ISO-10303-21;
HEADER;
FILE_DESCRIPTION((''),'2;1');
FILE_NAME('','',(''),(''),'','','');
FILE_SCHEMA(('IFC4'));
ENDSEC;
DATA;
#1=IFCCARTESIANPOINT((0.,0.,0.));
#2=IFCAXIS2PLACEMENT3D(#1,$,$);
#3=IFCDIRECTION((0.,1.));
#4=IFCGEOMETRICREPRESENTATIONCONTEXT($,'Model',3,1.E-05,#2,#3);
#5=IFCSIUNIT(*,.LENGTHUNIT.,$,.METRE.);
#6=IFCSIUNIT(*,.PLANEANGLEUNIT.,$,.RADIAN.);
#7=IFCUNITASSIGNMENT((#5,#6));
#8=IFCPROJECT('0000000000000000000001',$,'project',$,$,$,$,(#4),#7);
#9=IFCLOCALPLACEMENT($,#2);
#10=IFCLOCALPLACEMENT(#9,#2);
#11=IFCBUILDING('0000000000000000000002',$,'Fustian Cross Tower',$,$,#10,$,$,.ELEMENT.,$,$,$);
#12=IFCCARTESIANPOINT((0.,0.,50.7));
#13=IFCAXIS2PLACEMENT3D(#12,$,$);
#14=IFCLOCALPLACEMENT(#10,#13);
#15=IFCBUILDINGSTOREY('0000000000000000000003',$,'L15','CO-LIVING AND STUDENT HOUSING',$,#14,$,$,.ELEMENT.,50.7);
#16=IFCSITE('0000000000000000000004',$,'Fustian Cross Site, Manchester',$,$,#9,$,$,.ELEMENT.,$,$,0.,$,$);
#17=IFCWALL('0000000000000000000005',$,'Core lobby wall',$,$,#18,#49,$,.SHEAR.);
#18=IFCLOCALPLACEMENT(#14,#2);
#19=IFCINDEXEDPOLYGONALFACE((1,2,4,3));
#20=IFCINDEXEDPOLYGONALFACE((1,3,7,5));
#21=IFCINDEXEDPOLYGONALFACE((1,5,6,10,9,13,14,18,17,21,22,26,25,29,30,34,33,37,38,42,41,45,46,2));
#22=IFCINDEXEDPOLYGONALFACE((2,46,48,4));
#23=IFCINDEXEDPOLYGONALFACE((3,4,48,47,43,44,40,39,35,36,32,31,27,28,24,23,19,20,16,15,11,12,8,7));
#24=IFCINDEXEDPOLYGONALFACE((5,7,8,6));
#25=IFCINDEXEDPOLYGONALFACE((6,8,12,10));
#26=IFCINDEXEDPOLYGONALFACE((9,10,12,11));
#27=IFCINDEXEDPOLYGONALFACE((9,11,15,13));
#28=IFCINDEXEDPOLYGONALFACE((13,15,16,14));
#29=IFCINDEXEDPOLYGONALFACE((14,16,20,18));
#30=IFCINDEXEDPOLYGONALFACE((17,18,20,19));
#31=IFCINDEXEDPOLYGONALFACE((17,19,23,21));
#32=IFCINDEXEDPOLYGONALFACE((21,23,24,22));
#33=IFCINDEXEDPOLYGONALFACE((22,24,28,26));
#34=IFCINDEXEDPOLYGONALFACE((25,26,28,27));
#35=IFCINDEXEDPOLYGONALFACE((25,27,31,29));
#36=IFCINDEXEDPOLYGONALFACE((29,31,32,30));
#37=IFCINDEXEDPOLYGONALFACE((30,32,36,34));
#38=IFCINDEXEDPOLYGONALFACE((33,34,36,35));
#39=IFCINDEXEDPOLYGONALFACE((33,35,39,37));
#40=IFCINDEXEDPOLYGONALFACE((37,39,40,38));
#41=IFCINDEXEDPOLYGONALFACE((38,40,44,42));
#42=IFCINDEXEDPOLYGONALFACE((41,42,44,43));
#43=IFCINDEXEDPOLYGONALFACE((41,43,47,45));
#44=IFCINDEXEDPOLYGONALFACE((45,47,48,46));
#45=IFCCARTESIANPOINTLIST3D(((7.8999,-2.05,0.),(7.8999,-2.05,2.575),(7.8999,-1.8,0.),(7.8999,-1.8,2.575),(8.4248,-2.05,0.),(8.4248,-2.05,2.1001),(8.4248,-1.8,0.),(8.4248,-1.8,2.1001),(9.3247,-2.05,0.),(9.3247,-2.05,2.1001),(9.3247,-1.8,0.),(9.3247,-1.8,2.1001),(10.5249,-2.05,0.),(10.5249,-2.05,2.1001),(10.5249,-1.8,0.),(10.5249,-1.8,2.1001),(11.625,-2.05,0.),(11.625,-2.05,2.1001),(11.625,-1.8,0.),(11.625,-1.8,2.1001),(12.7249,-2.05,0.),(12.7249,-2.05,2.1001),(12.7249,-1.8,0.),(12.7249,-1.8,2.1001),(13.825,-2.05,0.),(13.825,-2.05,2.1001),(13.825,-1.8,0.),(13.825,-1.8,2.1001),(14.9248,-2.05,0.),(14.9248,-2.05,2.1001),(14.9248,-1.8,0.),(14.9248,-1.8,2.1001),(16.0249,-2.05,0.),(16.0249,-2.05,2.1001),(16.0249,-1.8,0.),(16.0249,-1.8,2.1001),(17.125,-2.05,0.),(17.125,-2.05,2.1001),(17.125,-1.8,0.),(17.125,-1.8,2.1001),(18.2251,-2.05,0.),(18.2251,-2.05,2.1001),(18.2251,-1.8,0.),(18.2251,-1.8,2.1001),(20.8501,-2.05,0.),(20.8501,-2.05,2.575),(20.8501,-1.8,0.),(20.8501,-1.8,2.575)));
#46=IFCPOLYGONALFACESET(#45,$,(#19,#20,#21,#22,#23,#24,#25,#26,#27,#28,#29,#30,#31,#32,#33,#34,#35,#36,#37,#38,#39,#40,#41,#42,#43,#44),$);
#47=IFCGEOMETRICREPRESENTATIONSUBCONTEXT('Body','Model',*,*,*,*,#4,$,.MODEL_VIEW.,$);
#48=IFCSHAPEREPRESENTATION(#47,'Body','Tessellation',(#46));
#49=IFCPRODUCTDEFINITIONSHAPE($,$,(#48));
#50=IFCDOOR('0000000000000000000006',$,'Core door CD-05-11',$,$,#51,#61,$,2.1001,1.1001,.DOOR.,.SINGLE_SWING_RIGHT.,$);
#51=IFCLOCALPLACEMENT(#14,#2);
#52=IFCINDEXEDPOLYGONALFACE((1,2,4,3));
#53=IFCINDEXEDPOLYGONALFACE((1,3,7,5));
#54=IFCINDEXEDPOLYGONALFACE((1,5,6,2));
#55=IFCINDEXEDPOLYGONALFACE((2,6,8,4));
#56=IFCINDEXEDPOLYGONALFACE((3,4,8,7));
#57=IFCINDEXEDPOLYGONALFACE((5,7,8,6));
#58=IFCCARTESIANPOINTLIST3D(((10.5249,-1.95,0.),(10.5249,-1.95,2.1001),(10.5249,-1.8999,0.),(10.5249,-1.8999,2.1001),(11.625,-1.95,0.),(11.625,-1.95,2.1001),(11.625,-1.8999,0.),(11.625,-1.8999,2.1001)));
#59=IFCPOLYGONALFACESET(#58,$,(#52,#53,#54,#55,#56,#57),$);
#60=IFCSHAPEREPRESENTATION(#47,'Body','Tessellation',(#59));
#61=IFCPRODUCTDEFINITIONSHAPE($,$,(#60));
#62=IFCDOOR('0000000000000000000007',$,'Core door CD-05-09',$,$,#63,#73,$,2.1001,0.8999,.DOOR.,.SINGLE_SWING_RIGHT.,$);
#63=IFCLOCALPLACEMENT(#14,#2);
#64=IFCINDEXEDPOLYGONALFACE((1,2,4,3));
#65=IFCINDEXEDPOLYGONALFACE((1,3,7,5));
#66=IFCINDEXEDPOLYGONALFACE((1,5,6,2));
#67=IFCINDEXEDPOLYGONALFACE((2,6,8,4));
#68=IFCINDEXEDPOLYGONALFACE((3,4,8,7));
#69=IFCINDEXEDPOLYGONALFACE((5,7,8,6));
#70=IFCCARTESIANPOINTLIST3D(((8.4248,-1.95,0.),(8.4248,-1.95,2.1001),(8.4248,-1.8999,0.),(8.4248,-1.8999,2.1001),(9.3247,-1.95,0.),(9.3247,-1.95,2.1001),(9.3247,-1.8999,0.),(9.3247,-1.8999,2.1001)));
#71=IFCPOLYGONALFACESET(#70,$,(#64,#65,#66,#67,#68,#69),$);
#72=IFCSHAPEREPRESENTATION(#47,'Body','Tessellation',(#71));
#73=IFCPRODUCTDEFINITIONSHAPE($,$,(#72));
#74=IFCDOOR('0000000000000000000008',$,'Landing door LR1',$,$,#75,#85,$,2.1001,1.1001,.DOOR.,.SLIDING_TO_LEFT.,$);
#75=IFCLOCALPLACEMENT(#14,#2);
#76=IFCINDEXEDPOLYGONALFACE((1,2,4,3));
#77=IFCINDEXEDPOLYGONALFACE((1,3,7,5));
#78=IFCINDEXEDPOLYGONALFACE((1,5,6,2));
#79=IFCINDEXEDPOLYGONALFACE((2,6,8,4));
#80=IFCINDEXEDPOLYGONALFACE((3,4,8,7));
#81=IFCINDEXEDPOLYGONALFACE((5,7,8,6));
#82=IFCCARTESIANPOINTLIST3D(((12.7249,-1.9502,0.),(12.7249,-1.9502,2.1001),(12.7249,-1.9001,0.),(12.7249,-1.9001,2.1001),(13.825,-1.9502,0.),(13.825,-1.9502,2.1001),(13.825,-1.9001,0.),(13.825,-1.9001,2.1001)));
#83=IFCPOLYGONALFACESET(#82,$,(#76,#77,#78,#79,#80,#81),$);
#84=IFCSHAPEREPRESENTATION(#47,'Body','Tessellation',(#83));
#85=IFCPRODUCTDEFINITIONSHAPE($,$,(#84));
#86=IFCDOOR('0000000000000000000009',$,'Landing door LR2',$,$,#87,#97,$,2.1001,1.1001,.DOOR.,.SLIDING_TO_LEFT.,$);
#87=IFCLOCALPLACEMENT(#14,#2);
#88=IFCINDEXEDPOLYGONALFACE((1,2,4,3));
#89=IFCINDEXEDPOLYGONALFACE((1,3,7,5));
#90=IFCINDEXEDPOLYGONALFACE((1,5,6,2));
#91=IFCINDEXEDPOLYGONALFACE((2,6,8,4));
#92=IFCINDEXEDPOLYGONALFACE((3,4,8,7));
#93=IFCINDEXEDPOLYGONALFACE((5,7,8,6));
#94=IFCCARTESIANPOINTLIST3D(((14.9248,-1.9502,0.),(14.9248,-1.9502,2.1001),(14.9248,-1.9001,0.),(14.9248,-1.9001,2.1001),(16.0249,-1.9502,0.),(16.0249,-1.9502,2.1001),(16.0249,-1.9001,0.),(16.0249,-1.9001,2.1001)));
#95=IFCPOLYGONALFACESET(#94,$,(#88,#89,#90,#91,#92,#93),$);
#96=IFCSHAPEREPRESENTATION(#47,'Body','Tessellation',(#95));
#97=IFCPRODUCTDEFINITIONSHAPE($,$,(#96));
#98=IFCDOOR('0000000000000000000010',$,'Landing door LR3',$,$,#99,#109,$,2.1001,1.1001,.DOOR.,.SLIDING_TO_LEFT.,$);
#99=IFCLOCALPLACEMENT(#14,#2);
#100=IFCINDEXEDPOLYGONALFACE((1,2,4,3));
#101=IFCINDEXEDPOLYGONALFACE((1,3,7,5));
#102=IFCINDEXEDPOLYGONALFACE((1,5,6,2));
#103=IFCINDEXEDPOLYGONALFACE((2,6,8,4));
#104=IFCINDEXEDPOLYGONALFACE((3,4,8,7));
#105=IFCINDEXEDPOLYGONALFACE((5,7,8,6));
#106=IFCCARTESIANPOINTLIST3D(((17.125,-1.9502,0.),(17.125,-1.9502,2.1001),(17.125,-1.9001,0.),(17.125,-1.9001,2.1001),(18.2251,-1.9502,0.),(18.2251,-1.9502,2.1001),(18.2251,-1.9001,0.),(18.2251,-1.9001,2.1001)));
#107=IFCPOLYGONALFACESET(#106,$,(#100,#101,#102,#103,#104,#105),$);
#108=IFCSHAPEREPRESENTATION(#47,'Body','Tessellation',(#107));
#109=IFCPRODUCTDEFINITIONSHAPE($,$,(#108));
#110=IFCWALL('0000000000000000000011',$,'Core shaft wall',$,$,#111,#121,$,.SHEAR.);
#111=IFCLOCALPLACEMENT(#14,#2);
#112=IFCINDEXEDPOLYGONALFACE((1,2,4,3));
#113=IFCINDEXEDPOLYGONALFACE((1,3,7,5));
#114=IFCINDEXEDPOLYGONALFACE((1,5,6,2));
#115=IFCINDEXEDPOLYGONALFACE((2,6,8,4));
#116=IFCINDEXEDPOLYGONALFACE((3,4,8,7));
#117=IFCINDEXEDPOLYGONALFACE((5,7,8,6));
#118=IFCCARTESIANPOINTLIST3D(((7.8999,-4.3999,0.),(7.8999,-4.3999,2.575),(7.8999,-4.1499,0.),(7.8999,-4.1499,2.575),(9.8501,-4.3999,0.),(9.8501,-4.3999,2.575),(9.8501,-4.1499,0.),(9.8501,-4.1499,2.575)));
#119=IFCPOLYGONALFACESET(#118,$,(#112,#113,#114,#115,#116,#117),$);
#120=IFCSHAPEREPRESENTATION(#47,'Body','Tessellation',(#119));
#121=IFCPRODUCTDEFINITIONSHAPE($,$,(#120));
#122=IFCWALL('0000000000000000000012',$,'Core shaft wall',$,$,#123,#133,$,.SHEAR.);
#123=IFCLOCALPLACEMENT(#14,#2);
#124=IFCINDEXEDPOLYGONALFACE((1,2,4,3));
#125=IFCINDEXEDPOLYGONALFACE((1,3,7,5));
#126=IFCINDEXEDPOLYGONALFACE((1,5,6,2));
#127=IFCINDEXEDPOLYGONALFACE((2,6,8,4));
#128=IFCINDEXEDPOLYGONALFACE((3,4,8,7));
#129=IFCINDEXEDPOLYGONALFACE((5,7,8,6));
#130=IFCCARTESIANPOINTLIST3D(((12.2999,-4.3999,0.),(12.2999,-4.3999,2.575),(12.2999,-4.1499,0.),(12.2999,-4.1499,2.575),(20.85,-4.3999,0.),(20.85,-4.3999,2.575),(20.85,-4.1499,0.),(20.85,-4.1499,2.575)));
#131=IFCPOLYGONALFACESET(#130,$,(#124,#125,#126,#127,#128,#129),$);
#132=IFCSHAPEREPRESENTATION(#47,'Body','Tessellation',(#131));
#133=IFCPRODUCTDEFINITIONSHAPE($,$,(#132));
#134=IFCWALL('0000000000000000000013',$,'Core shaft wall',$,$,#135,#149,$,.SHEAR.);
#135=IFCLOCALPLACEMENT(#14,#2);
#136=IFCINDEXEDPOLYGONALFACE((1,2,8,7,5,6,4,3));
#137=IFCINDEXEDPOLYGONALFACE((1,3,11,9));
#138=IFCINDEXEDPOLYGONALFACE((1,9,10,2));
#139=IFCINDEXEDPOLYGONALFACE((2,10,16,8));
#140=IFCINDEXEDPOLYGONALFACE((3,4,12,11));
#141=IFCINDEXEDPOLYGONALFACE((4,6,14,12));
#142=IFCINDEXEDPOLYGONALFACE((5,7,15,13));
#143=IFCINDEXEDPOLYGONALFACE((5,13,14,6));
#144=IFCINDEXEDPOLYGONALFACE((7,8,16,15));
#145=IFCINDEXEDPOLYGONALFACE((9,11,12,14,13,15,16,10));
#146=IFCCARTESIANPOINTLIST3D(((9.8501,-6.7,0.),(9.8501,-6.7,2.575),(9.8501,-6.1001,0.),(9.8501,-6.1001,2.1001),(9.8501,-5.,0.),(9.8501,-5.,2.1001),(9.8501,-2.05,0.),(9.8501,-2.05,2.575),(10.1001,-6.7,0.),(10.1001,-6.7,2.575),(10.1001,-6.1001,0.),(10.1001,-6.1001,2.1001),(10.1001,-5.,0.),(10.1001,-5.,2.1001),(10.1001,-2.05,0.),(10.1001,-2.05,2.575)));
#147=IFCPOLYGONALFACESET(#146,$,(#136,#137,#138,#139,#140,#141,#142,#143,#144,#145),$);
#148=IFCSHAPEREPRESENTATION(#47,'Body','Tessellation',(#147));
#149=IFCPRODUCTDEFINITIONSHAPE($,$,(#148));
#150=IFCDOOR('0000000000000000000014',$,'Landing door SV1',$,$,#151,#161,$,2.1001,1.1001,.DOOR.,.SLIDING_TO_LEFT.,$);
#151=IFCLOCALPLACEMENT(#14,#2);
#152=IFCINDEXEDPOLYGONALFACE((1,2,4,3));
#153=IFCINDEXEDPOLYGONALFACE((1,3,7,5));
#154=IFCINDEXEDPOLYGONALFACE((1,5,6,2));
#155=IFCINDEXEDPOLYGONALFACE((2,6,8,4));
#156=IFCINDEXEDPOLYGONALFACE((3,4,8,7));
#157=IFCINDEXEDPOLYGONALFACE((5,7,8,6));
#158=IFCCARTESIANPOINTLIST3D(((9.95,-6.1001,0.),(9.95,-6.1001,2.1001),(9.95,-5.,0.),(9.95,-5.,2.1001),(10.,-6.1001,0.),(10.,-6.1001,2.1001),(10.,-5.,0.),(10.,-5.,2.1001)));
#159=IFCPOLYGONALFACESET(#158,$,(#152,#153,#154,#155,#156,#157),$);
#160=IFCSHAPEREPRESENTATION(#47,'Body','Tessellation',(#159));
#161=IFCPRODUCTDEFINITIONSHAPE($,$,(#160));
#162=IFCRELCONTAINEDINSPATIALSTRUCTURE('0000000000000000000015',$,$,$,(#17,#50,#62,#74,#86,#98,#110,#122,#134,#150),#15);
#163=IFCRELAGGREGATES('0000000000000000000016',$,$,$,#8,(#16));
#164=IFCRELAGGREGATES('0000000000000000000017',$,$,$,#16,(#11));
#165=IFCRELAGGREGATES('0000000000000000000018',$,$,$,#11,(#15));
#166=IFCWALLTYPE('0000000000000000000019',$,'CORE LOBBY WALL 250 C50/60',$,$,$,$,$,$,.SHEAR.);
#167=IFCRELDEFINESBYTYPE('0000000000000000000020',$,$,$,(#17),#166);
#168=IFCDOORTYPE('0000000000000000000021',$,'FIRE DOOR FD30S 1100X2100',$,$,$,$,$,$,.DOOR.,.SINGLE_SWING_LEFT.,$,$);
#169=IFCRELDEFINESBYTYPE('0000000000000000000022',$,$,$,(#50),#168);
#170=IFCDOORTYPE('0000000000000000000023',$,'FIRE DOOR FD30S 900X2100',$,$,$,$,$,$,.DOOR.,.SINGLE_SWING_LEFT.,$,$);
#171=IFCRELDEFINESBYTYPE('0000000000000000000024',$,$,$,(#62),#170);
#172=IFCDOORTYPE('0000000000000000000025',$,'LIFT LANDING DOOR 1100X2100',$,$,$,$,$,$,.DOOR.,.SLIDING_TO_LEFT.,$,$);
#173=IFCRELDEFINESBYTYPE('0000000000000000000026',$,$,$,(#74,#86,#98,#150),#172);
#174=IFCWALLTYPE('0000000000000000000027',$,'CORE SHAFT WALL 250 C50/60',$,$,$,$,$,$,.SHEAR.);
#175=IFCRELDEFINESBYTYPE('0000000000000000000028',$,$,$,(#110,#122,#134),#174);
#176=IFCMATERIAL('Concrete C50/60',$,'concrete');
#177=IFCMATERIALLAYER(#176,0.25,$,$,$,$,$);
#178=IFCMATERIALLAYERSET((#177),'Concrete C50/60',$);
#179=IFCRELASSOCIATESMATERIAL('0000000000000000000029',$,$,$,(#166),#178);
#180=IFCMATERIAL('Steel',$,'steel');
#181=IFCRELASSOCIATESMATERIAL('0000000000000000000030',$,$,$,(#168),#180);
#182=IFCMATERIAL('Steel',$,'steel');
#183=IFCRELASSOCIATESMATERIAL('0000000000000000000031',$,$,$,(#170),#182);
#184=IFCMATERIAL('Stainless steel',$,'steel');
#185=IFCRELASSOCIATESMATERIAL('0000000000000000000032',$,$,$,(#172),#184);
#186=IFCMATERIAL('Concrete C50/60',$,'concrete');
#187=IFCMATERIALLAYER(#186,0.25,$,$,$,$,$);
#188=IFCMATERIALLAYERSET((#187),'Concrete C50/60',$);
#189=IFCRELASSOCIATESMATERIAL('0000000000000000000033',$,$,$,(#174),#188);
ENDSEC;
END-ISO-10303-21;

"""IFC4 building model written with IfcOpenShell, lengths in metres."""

from ifc_helpers import new_model, si_unit, direction, frame, frame_2d, origin, place, context, subcontext, project, spatial, rectangle, extrude, material, layer, layer_set, type_object, element, fill, save


model = new_model("IFC4")

# Units and contexts
model_context = context("Model", 3, precision=1e-05, world=origin(), true_north=direction((0.0, 1.0)))
body_context = subcontext(model_context, "Body", "Model", "MODEL_VIEW")
ifc_project = project(units=[si_unit("LENGTHUNIT", "METRE"), si_unit("PLANEANGLEUNIT", "RADIAN")], contexts=[model_context])

# Site, building, storey
site_placement = place(None, origin())
site = spatial("IfcSite", under=ifc_project, at=site_placement, Name="Fustian Cross Site, Manchester", CompositionType="ELEMENT", RefElevation=0.0)
building_placement = place(site_placement, origin())
building = spatial("IfcBuilding", under=site, at=building_placement, Name="Fustian Cross Tower", CompositionType="ELEMENT")
storey_placement = place(building_placement, frame((0.0, 0.0, 50.7)))
storey = spatial("IfcBuildingStorey", under=building, at=storey_placement, Name="L15", Description="CO-LIVING AND STUDENT HOUSING", CompositionType="ELEMENT", Elevation=50.7)

# Wall, openings, doors
ifc_material_1 = material(Name="Concrete C50/60", Category="concrete")
ifc_layer_1 = layer(ifc_material_1, 0.25)
ifc_layer_set_1 = layer_set([ifc_layer_1], Name="Concrete C50/60")
wall_type_1 = type_object("IfcWallType", Name="CORE LOBBY WALL 250 C50/60", PredefinedType="SHEAR", material=ifc_layer_set_1)
wall_1_placement = place(storey_placement, frame((7.8999, -1.925, 0.0), z_axis=(0.0, 0.0, 1.0), x_axis=(1.0, 0.0, 0.0)))
wall_1 = element("IfcWall", 1, at=wall_1_placement, inside=storey, type_object=wall_type_1, Name="Core lobby wall", PredefinedType="SHEAR", context=body_context, shape_type="SweptSolid", body=[
    extrude(rectangle(XDim=12.9502, YDim=0.25, at=frame_2d((6.4751, 0.0))), origin(), (0.0, 0.0, 1.0), 2.575),
])
opening_1_placement = place(wall_1_placement, frame((4.825, 0.0, 0.0)))
opening_1 = element("IfcOpeningElement", 2, at=opening_1_placement, cuts=wall_1, PredefinedType="OPENING", context=body_context, shape_type="SweptSolid", body=[
    extrude(rectangle(XDim=1.1001, YDim=2.1001, at=frame_2d((0.55, 1.05))), frame((0.0, 0.135, 0.0), z_axis=(0.0, -1.0, 0.0), x_axis=(1.0, 0.0, 0.0)), (0.0, 0.0, 1.0), 0.27),
])
opening_2_placement = place(wall_1_placement, frame((7.0249, 0.0, 0.0)))
opening_2 = element("IfcOpeningElement", 3, at=opening_2_placement, cuts=wall_1, PredefinedType="OPENING", context=body_context, shape_type="SweptSolid", body=[
    extrude(rectangle(XDim=1.1001, YDim=2.1001, at=frame_2d((0.55, 1.05))), frame((0.0, 0.135, 0.0), z_axis=(0.0, -1.0, 0.0), x_axis=(1.0, 0.0, 0.0)), (0.0, 0.0, 1.0), 0.27),
])
opening_3_placement = place(wall_1_placement, frame((9.2251, 0.0, 0.0)))
opening_3 = element("IfcOpeningElement", 4, at=opening_3_placement, cuts=wall_1, PredefinedType="OPENING", context=body_context, shape_type="SweptSolid", body=[
    extrude(rectangle(XDim=1.1001, YDim=2.1001, at=frame_2d((0.55, 1.05))), frame((0.0, 0.135, 0.0), z_axis=(0.0, -1.0, 0.0), x_axis=(1.0, 0.0, 0.0)), (0.0, 0.0, 1.0), 0.27),
])
opening_4_placement = place(wall_1_placement, frame((0.5249, 0.0, 0.0)))
opening_4 = element("IfcOpeningElement", 5, at=opening_4_placement, cuts=wall_1, PredefinedType="OPENING", context=body_context, shape_type="SweptSolid", body=[
    extrude(rectangle(XDim=0.8999, YDim=2.1001, at=frame_2d((0.45, 1.05))), frame((0.0, 0.135, 0.0), z_axis=(0.0, -1.0, 0.0), x_axis=(1.0, 0.0, 0.0)), (0.0, 0.0, 1.0), 0.27),
])
opening_5_placement = place(wall_1_placement, frame((2.625, 0.0, 0.0)))
opening_5 = element("IfcOpeningElement", 6, at=opening_5_placement, cuts=wall_1, PredefinedType="OPENING", context=body_context, shape_type="SweptSolid", body=[
    extrude(rectangle(XDim=1.1001, YDim=2.1001, at=frame_2d((0.55, 1.05))), frame((0.0, 0.135, 0.0), z_axis=(0.0, -1.0, 0.0), x_axis=(1.0, 0.0, 0.0)), (0.0, 0.0, 1.0), 0.27),
])
ifc_material_2 = material(Name="Steel", Category="steel")
door_type_1 = type_object("IfcDoorType", Name="FIRE DOOR FD30S 1100X2100", OperationType="SINGLE_SWING_LEFT", PredefinedType="DOOR", material=ifc_material_2)
door_1_placement = place(opening_5_placement, frame((1.1001, 0.0, 0.0), z_axis=(0.0, 0.0, 1.0), x_axis=(-1.0, 0.0, 0.0)))
door_1 = element("IfcDoor", 7, at=door_1_placement, inside=storey, type_object=door_type_1, Name="Core door CD-05-11", OperationType="SINGLE_SWING_RIGHT", OverallHeight=2.1001, OverallWidth=1.1001, PredefinedType="DOOR", context=body_context, shape_type="SweptSolid", body=[
    extrude(rectangle(XDim=1.1001, YDim=2.1001, at=frame_2d((0.55, 1.05))), frame((0.0, 0.0249, 0.0), z_axis=(0.0, -1.0, 0.0), x_axis=(1.0, 0.0, 0.0)), (0.0, 0.0, 1.0), 0.05),
])
fill(opening_5, door_1)
ifc_material_3 = material(Name="Steel", Category="steel")
door_type_2 = type_object("IfcDoorType", Name="FIRE DOOR FD30S 900X2100", OperationType="SINGLE_SWING_LEFT", PredefinedType="DOOR", material=ifc_material_3)
door_2_placement = place(opening_4_placement, frame((0.8999, 0.0, 0.0), z_axis=(0.0, 0.0, 1.0), x_axis=(-1.0, 0.0, 0.0)))
door_2 = element("IfcDoor", 8, at=door_2_placement, inside=storey, type_object=door_type_2, Name="Core door CD-05-09", OperationType="SINGLE_SWING_RIGHT", OverallHeight=2.1001, OverallWidth=0.8999, PredefinedType="DOOR", context=body_context, shape_type="SweptSolid", body=[
    extrude(rectangle(XDim=0.8999, YDim=2.1001, at=frame_2d((0.45, 1.05))), frame((0.0, 0.0249, 0.0), z_axis=(0.0, -1.0, 0.0), x_axis=(1.0, 0.0, 0.0)), (0.0, 0.0, 1.0), 0.05),
])
fill(opening_4, door_2)
ifc_material_4 = material(Name="Stainless steel", Category="steel")
door_type_3 = type_object("IfcDoorType", Name="LIFT LANDING DOOR 1100X2100", OperationType="SLIDING_TO_LEFT", PredefinedType="DOOR", material=ifc_material_4)
door_3_placement = place(opening_1_placement, origin())
door_3 = element("IfcDoor", 9, at=door_3_placement, inside=storey, type_object=door_type_3, Name="Landing door LR1", OperationType="SLIDING_TO_LEFT", OverallHeight=2.1001, OverallWidth=1.1001, PredefinedType="DOOR", context=body_context, shape_type="SweptSolid", body=[
    extrude(rectangle(XDim=1.1001, YDim=2.1001, at=frame_2d((0.55, 1.05))), frame((0.0, 0.0249, 0.0), z_axis=(0.0, -1.0, 0.0), x_axis=(1.0, 0.0, 0.0)), (0.0, 0.0, 1.0), 0.05),
])
fill(opening_1, door_3)
door_4_placement = place(opening_2_placement, origin())
door_4 = element("IfcDoor", 10, at=door_4_placement, inside=storey, type_object=door_type_3, Name="Landing door LR2", OperationType="SLIDING_TO_LEFT", OverallHeight=2.1001, OverallWidth=1.1001, PredefinedType="DOOR", context=body_context, shape_type="SweptSolid", body=[
    extrude(rectangle(XDim=1.1001, YDim=2.1001, at=frame_2d((0.55, 1.05))), frame((0.0, 0.0249, 0.0), z_axis=(0.0, -1.0, 0.0), x_axis=(1.0, 0.0, 0.0)), (0.0, 0.0, 1.0), 0.05),
])
fill(opening_2, door_4)
door_5_placement = place(opening_3_placement, origin())
door_5 = element("IfcDoor", 11, at=door_5_placement, inside=storey, type_object=door_type_3, Name="Landing door LR3", OperationType="SLIDING_TO_LEFT", OverallHeight=2.1001, OverallWidth=1.1001, PredefinedType="DOOR", context=body_context, shape_type="SweptSolid", body=[
    extrude(rectangle(XDim=1.1001, YDim=2.1001, at=frame_2d((0.55, 1.05))), frame((0.0, 0.0249, 0.0), z_axis=(0.0, -1.0, 0.0), x_axis=(1.0, 0.0, 0.0)), (0.0, 0.0, 1.0), 0.05),
])
fill(opening_3, door_5)

# Walls
ifc_material_5 = material(Name="Concrete C50/60", Category="concrete")
ifc_layer_2 = layer(ifc_material_5, 0.25)
ifc_layer_set_2 = layer_set([ifc_layer_2], Name="Concrete C50/60")
wall_type_2 = type_object("IfcWallType", Name="CORE SHAFT WALL 250 C50/60", PredefinedType="SHEAR", material=ifc_layer_set_2)
wall_2_placement = place(storey_placement, frame((7.8999, -4.2749, 0.0), z_axis=(0.0, 0.0, 1.0), x_axis=(1.0, 0.0, 0.0)))
element("IfcWall", 12, at=wall_2_placement, inside=storey, type_object=wall_type_2, Name="Core shaft wall", PredefinedType="SHEAR", context=body_context, shape_type="SweptSolid", body=[
    extrude(rectangle(XDim=1.9502, YDim=0.25, at=frame_2d((0.9751, 0.0))), origin(), (0.0, 0.0, 1.0), 2.575),
])
wall_3_placement = place(storey_placement, frame((12.3, -4.2749, 0.0), z_axis=(0.0, 0.0, 1.0), x_axis=(1.0, 0.0, 0.0)))
element("IfcWall", 13, at=wall_3_placement, inside=storey, type_object=wall_type_2, Name="Core shaft wall", PredefinedType="SHEAR", context=body_context, shape_type="SweptSolid", body=[
    extrude(rectangle(XDim=8.55, YDim=0.25, at=frame_2d((4.2749, 0.0))), origin(), (0.0, 0.0, 1.0), 2.575),
])

# Wall, opening, door
wall_4_placement = place(storey_placement, frame((9.9751, -2.05, 0.0), z_axis=(0.0, 0.0, 1.0), x_axis=(0.0, -1.0, 0.0)))
wall_4 = element("IfcWall", 14, at=wall_4_placement, inside=storey, type_object=wall_type_2, Name="Core shaft wall", PredefinedType="SHEAR", context=body_context, shape_type="SweptSolid", body=[
    extrude(rectangle(XDim=4.6499, YDim=0.25, at=frame_2d((2.325, 0.0))), origin(), (0.0, 0.0, 1.0), 2.575),
])
opening_6_placement = place(wall_4_placement, frame((2.95, 0.0, 0.0)))
opening_6 = element("IfcOpeningElement", 15, at=opening_6_placement, cuts=wall_4, PredefinedType="OPENING", context=body_context, shape_type="SweptSolid", body=[
    extrude(rectangle(XDim=1.1001, YDim=2.1001, at=frame_2d((0.55, 1.05))), frame((0.0, 0.135, 0.0), z_axis=(0.0, -1.0, 0.0), x_axis=(1.0, 0.0, 0.0)), (0.0, 0.0, 1.0), 0.27),
])
door_6_placement = place(opening_6_placement, origin())
door_6 = element("IfcDoor", 16, at=door_6_placement, inside=storey, type_object=door_type_3, Name="Landing door SV1", OperationType="SLIDING_TO_LEFT", OverallHeight=2.1001, OverallWidth=1.1001, PredefinedType="DOOR", context=body_context, shape_type="SweptSolid", body=[
    extrude(rectangle(XDim=1.1001, YDim=2.1001, at=frame_2d((0.55, 1.05))), frame((0.0, 0.0249, 0.0), z_axis=(0.0, -1.0, 0.0), x_axis=(1.0, 0.0, 0.0)), (0.0, 0.0, 1.0), 0.05),
])
fill(opening_6, door_6)

save(model, "model.ifc")
